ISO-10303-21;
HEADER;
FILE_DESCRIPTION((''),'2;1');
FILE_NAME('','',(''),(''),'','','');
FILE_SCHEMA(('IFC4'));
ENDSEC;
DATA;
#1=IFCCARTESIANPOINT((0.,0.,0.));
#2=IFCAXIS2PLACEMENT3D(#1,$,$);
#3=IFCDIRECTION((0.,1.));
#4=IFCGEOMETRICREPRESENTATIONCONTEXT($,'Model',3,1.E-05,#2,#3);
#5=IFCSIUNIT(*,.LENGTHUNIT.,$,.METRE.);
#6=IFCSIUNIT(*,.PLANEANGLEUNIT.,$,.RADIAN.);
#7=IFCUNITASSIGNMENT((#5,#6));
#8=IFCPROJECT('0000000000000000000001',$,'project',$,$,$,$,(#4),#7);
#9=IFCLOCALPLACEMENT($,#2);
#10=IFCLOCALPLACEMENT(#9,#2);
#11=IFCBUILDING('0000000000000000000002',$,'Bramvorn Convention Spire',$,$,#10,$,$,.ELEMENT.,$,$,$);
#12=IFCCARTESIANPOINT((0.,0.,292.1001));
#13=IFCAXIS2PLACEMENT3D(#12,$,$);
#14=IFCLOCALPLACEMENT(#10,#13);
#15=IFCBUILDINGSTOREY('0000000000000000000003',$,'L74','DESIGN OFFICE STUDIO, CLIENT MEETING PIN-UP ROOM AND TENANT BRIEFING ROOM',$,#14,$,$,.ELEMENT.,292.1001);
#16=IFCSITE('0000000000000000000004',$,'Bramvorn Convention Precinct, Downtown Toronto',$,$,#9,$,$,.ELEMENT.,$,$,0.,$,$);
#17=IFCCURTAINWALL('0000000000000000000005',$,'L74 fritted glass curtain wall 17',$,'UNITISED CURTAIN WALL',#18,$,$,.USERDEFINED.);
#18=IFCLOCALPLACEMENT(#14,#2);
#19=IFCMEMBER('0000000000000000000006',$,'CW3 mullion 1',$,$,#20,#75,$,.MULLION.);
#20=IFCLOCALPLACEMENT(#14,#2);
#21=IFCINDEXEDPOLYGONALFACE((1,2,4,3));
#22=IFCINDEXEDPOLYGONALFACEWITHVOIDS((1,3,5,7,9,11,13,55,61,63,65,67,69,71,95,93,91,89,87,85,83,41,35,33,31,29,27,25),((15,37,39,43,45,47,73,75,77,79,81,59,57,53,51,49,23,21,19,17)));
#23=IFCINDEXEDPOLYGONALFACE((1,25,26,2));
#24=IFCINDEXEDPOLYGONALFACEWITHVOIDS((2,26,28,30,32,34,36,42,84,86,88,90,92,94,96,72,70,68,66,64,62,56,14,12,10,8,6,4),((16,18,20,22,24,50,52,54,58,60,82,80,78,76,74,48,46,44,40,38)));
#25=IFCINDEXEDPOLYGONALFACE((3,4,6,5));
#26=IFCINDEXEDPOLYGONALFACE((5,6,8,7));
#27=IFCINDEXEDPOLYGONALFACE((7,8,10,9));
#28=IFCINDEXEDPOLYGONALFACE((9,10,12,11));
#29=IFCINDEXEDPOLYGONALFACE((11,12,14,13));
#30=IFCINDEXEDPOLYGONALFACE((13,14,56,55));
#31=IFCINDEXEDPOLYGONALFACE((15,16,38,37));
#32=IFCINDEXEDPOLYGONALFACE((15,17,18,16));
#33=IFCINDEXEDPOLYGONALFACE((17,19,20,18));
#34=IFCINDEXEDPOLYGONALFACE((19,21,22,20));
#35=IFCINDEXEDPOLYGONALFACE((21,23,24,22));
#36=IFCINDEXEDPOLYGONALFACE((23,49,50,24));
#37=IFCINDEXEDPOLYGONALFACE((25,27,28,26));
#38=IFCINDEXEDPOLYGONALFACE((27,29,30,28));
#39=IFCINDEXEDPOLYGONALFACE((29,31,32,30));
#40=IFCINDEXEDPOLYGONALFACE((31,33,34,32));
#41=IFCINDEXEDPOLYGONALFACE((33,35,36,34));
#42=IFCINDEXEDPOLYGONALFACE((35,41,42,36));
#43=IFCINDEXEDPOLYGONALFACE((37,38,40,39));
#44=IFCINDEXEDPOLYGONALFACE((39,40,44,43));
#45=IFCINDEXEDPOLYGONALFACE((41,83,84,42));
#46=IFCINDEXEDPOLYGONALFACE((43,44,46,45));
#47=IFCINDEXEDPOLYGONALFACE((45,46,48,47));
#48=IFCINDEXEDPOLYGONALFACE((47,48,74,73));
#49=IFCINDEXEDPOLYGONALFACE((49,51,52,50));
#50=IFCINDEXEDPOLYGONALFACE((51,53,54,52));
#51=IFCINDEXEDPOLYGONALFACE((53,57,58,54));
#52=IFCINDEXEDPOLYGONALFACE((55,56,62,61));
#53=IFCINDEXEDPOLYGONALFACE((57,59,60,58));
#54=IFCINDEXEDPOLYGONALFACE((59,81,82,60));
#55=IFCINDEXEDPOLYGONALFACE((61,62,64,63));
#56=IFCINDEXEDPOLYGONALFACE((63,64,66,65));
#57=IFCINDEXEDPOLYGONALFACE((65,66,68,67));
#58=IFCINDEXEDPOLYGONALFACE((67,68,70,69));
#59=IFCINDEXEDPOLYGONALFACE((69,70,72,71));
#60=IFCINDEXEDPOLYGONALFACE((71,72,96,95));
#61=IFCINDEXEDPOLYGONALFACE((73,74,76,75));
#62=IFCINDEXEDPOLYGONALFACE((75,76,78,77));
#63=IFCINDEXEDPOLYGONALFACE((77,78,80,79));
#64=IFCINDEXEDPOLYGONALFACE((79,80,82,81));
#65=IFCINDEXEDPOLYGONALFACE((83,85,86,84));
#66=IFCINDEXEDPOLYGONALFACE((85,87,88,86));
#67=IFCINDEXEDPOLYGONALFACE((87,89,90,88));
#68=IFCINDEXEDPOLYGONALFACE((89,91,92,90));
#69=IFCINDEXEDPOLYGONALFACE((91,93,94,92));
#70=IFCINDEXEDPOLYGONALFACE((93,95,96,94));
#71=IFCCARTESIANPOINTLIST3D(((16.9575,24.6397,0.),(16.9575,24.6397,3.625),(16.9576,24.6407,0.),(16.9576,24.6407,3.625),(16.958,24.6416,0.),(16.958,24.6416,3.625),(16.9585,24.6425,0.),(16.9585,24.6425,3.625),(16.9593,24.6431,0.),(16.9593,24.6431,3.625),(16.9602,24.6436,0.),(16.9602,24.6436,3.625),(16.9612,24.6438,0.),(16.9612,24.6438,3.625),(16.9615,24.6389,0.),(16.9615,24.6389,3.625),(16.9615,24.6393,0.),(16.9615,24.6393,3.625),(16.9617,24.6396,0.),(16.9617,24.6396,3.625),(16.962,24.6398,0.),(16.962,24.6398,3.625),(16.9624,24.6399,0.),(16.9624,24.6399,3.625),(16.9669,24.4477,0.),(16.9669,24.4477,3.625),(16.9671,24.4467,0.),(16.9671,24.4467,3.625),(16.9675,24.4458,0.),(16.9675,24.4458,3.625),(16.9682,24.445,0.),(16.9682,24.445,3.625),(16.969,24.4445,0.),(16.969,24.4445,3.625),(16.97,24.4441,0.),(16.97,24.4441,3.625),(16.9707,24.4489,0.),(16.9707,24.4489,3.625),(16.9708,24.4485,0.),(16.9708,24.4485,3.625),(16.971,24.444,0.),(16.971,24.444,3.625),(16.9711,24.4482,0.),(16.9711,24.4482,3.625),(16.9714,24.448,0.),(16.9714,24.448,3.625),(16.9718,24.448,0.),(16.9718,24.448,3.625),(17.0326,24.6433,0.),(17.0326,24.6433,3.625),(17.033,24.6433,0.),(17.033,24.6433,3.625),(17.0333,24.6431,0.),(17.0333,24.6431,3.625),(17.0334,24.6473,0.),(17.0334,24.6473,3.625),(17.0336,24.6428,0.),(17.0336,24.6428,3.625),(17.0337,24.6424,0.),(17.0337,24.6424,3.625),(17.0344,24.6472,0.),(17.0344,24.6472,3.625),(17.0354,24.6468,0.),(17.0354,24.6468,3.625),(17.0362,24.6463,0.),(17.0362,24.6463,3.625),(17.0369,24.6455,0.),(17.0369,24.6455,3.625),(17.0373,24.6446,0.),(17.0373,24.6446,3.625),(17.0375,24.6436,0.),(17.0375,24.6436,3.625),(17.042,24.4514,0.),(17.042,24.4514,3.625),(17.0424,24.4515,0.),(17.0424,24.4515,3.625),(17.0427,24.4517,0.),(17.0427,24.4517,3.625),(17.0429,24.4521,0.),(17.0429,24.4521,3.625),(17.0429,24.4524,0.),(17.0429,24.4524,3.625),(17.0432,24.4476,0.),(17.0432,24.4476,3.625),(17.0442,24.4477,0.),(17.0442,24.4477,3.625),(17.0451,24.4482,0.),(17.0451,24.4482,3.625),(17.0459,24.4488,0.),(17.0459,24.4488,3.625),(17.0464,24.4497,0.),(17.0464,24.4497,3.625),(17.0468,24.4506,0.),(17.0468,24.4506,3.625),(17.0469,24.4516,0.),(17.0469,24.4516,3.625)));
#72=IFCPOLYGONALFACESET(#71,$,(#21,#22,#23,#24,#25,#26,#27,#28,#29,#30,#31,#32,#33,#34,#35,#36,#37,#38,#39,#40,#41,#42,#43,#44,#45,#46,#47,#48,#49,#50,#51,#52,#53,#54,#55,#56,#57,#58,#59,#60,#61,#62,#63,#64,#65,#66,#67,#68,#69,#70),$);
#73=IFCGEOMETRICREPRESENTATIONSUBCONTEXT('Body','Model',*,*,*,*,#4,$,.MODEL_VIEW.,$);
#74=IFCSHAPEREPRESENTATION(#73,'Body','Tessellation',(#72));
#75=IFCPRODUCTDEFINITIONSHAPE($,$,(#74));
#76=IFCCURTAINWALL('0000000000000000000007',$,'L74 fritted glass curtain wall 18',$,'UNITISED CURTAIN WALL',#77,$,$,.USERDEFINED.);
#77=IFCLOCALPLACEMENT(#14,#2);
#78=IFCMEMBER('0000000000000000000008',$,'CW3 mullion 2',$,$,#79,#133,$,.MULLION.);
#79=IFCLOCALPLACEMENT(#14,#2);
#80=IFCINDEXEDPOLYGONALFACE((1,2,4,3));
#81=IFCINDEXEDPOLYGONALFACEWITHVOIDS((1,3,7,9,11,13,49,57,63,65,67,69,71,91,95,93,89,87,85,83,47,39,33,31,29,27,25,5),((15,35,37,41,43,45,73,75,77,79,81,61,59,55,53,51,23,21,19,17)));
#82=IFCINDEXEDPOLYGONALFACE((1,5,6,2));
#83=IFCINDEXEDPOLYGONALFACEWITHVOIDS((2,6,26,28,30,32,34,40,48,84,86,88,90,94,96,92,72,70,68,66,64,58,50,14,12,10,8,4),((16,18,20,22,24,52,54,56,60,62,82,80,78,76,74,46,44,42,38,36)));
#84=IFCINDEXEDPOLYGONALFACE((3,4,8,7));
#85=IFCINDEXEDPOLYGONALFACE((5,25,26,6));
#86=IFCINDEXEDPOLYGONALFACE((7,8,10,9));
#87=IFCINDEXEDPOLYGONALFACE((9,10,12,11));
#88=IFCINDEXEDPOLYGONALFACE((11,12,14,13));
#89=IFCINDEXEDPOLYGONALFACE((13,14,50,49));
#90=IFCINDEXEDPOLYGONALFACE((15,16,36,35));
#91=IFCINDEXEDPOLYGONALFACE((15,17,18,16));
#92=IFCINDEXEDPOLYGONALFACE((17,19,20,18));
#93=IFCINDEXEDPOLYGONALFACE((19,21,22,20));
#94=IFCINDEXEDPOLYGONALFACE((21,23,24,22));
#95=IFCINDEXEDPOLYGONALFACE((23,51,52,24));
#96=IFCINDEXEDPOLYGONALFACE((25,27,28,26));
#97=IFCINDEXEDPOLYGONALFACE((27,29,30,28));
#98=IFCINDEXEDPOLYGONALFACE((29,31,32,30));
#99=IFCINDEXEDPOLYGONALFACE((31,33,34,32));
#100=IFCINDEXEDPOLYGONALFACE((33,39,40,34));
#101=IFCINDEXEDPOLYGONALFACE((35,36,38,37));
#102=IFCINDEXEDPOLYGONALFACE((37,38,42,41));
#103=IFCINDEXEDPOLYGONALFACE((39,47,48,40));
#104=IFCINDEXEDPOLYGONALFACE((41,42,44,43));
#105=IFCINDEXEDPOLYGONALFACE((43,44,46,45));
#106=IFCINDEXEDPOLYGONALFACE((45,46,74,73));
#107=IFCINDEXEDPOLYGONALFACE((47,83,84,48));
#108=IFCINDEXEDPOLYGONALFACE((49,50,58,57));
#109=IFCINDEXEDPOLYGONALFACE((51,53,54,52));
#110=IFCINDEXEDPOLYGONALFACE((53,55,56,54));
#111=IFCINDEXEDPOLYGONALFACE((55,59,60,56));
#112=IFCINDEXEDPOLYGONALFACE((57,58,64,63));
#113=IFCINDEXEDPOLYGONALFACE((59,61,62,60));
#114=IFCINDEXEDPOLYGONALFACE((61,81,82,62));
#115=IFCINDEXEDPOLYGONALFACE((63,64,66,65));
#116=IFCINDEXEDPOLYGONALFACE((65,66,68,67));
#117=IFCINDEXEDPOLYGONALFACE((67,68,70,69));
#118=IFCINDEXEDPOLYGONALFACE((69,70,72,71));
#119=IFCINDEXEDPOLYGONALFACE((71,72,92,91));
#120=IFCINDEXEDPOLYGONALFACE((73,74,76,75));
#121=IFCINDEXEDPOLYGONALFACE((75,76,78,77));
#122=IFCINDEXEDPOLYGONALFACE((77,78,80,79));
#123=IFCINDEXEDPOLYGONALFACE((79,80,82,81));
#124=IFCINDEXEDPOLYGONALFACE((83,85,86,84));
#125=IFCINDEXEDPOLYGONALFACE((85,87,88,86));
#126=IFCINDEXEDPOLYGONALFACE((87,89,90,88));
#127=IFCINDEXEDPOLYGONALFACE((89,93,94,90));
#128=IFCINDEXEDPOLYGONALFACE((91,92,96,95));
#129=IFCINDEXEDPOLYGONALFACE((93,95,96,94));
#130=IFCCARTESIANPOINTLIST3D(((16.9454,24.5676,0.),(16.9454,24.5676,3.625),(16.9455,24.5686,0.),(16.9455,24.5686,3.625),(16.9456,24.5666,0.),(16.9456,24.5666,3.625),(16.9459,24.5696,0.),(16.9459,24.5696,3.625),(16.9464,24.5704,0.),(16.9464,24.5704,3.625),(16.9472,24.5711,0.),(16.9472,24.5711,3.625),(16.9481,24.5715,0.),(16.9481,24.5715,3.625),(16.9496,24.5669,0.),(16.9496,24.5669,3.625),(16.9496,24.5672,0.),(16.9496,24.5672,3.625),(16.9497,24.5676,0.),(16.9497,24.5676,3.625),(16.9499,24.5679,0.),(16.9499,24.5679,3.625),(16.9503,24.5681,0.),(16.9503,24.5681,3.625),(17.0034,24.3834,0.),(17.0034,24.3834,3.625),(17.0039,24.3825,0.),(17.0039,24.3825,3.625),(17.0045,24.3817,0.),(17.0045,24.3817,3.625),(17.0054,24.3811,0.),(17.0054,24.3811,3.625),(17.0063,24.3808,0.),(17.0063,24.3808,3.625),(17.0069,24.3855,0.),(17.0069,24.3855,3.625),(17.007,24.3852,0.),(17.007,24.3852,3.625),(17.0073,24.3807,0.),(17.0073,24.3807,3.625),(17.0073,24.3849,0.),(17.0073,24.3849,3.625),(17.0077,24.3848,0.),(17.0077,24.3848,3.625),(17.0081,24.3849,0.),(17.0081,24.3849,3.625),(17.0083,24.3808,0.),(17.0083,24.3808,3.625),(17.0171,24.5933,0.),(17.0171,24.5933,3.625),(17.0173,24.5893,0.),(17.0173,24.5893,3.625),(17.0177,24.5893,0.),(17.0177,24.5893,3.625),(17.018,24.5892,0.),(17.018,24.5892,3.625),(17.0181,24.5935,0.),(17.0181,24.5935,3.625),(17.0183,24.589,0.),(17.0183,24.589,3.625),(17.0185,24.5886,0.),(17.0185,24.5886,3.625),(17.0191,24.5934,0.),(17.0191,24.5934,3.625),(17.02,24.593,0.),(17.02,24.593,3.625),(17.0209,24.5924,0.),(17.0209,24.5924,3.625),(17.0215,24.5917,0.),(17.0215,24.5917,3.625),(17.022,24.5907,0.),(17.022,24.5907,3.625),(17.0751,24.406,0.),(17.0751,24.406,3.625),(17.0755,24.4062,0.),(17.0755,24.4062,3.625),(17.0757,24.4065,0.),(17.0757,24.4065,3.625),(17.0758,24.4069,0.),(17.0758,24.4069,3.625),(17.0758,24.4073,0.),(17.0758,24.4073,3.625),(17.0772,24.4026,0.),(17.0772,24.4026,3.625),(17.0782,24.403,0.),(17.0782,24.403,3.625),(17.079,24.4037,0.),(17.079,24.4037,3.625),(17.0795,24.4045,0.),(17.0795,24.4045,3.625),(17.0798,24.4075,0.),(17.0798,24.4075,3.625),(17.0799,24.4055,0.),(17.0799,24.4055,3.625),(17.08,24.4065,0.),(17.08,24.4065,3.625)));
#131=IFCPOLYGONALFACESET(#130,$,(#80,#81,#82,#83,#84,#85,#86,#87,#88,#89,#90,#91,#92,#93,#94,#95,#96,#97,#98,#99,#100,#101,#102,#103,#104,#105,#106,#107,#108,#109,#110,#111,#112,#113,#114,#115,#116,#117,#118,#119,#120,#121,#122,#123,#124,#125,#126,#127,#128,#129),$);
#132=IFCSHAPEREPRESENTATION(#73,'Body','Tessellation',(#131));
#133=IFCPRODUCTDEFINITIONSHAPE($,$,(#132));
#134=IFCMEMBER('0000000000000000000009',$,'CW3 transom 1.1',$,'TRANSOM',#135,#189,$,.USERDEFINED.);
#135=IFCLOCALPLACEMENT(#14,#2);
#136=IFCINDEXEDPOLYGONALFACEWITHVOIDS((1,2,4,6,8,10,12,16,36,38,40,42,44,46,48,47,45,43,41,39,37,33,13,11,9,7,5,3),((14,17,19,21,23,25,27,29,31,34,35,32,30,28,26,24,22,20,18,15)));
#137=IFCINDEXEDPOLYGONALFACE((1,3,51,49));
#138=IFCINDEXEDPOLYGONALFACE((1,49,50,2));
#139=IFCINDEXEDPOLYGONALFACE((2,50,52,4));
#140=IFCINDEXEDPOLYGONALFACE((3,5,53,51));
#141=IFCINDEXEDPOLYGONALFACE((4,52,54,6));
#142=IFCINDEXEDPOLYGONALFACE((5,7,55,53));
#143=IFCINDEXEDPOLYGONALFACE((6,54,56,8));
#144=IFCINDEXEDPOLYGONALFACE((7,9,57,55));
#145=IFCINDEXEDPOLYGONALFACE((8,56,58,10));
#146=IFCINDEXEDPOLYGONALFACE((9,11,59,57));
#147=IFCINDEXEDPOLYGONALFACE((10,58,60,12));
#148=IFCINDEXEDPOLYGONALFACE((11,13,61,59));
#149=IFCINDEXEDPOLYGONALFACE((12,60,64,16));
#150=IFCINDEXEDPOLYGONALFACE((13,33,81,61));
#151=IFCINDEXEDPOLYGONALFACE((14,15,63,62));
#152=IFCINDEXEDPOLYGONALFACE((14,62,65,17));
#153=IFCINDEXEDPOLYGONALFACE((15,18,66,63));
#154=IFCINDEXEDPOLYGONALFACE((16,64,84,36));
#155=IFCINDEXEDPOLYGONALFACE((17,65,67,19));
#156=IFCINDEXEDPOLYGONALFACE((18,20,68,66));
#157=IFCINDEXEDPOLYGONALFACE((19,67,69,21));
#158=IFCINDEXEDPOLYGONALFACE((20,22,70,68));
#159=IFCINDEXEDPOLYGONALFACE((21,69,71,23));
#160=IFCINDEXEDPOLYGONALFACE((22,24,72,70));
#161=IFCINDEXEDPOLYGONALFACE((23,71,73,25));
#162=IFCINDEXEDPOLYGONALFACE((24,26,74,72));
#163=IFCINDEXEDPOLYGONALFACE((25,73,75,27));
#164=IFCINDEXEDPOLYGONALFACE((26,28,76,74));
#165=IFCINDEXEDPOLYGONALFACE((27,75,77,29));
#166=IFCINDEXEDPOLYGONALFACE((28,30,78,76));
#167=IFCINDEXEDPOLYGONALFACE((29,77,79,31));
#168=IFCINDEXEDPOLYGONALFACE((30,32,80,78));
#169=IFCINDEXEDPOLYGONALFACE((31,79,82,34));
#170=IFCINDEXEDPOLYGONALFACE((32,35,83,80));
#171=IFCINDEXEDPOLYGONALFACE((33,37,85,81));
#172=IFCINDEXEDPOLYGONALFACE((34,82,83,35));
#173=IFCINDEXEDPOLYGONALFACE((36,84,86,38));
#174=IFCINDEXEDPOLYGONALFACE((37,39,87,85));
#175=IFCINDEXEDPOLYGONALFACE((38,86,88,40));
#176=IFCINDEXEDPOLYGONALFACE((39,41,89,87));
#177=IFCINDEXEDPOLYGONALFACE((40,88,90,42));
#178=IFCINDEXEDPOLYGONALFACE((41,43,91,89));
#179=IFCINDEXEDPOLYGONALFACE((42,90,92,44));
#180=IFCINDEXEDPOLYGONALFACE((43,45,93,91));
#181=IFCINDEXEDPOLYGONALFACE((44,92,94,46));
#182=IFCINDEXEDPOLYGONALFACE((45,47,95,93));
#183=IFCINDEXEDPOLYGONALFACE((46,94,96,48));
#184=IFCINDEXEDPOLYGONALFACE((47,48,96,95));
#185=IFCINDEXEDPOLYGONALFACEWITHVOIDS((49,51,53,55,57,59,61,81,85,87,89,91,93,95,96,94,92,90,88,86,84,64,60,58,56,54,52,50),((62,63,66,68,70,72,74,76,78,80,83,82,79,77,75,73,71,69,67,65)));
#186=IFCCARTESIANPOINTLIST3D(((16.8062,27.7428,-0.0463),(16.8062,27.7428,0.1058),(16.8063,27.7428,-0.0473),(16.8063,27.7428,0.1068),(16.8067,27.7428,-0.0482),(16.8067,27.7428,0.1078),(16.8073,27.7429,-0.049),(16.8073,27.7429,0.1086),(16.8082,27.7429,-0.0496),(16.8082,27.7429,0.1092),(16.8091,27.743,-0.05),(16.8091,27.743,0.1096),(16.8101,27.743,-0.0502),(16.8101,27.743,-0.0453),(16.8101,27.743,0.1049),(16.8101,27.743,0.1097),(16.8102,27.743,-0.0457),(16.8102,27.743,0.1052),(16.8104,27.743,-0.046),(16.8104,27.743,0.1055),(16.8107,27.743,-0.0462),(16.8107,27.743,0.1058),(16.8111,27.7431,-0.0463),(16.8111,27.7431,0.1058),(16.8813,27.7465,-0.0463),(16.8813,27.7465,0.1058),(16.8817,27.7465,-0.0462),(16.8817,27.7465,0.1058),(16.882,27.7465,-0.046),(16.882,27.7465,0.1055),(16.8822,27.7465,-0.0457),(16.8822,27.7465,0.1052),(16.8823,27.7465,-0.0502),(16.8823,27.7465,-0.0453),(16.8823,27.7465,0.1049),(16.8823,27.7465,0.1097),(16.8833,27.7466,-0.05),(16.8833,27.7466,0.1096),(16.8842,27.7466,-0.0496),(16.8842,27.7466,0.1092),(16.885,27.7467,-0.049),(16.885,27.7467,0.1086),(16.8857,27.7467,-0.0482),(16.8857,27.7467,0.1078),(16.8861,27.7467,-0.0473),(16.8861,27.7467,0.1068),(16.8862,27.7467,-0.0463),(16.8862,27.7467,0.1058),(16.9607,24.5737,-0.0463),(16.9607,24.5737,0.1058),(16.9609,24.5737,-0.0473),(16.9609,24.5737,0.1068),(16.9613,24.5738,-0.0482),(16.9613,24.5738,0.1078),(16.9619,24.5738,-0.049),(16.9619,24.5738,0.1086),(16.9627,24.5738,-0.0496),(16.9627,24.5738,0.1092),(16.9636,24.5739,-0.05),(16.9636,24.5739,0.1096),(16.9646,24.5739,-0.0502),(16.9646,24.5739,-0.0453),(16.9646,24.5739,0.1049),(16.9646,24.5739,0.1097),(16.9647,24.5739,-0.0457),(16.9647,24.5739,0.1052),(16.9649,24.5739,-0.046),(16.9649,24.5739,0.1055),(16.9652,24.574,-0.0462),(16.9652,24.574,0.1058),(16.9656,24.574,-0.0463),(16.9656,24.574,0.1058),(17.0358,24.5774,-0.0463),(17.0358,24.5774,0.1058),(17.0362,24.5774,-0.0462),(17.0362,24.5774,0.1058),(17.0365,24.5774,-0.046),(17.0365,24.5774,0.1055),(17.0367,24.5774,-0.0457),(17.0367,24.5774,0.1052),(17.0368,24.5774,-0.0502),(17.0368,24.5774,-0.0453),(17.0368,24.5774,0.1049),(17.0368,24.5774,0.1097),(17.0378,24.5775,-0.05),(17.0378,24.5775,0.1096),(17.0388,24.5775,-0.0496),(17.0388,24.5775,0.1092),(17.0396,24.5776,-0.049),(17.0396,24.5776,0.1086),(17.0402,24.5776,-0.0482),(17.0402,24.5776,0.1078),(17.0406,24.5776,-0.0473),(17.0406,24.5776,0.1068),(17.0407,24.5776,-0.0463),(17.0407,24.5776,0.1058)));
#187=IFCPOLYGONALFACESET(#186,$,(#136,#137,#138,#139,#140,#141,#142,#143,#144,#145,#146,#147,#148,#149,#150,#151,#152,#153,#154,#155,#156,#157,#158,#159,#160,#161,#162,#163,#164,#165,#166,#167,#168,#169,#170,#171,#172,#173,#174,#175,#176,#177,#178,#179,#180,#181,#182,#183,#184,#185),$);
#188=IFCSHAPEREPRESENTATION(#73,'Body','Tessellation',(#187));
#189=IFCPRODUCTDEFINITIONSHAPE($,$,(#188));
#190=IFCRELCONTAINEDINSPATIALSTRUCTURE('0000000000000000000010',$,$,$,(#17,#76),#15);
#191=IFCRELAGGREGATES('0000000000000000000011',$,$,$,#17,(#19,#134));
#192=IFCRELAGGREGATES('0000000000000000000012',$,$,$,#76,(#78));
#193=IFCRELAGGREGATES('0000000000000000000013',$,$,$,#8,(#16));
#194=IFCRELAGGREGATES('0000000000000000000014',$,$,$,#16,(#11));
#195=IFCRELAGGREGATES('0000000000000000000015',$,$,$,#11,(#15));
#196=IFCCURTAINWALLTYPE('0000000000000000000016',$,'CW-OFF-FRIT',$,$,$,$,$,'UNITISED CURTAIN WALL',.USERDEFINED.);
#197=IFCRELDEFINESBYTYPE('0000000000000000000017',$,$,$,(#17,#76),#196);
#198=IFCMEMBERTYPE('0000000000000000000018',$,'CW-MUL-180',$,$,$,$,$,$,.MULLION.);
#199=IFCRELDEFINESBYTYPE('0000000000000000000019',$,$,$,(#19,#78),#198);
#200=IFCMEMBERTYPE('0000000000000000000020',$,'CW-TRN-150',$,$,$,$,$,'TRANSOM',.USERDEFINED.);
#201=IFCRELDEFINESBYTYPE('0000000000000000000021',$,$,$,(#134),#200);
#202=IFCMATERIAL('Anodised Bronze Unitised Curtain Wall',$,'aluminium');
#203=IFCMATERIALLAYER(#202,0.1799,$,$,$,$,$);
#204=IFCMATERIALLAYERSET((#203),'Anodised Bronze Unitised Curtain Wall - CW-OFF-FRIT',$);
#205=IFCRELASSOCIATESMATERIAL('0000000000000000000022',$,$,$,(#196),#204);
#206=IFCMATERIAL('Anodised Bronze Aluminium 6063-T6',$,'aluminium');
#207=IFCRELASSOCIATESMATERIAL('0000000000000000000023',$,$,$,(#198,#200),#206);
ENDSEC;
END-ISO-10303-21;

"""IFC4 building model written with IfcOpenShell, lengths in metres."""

from ifc_helpers import new_model, si_unit, direction, frame, origin, origin_2d, place, context, subcontext, project, spatial, hollow_rectangle, extrude, material, layer, layer_set, material_profile, profile_set, type_object, element, aggregate, save


model = new_model("IFC4")

# Units and contexts
model_context = context("Model", 3, precision=1e-05, world=origin(), true_north=direction((0.0, 1.0)))
body_context = subcontext(model_context, "Body", "Model", "MODEL_VIEW")
ifc_project = project(units=[si_unit("LENGTHUNIT", "METRE"), si_unit("PLANEANGLEUNIT", "RADIAN")], contexts=[model_context])

# Site, building, storey
site_placement = place(None, origin())
site = spatial("IfcSite", under=ifc_project, at=site_placement, Name="Bramvorn Convention Precinct, Downtown Toronto", CompositionType="ELEMENT", RefElevation=0.0)
building_placement = place(site_placement, origin())
building = spatial("IfcBuilding", under=site, at=building_placement, Name="Bramvorn Convention Spire", CompositionType="ELEMENT")
storey_placement = place(building_placement, frame((0.0, 0.0, 292.1001)))
storey = spatial("IfcBuildingStorey", under=building, at=storey_placement, Name="L74", Description="DESIGN OFFICE STUDIO, CLIENT MEETING PIN-UP ROOM AND TENANT BRIEFING ROOM", CompositionType="ELEMENT", Elevation=292.1001)

# Curtain walls, members
ifc_material_1 = material(Name="Anodised Bronze Unitised Curtain Wall", Category="aluminium")
ifc_layer_1 = layer(ifc_material_1, 0.1799)
ifc_layer_set_1 = layer_set([ifc_layer_1], Name="Anodised Bronze Unitised Curtain Wall - CW-OFF-FRIT")
curtain_wall_type = type_object("IfcCurtainWallType", Name="CW-OFF-FRIT", ElementType="UNITISED CURTAIN WALL", PredefinedType="USERDEFINED", material=ifc_layer_set_1)
curtain_wall_1_placement = place(storey_placement, origin())
curtain_wall_1 = element("IfcCurtainWall", 1, at=curtain_wall_1_placement, inside=storey, type_object=curtain_wall_type, Name="L74 fritted glass curtain wall 17", ObjectType="UNITISED CURTAIN WALL", PredefinedType="USERDEFINED")
ifc_material_2 = material(Name="Anodised Bronze Aluminium 6063-T6", Category="aluminium")
ifc_material_profile_1 = material_profile(ifc_material_2, hollow_rectangle(XDim=0.0801, YDim=0.2, WallThickness=0.0039, InnerFilletRadius=0.001, OuterFilletRadius=0.0039, at=origin_2d()))
ifc_profile_set_1 = profile_set([ifc_material_profile_1], Name="Anodised Bronze Aluminium 6063-T6 - CWM80X200")
member_type_1 = type_object("IfcMemberType", Name="CW-MUL-180", PredefinedType="MULLION", material=ifc_profile_set_1)
member_1_placement = place(storey_placement, frame((17.0022, 24.5457, 0.0), z_axis=(0.0, 0.0, 1.0), x_axis=(-0.998813, -0.048711, 0.0)))
member_1 = element("IfcMember", 2, at=member_1_placement, type_object=member_type_1, Name="CW3 mullion 1", PredefinedType="MULLION", context=body_context, shape_type="SweptSolid", body=[
    extrude(hollow_rectangle(XDim=0.0801, YDim=0.2, WallThickness=0.0039, InnerFilletRadius=0.001, OuterFilletRadius=0.0039, at=origin_2d()), origin(), (0.0, 0.0, 1.0), 3.625),
])
curtain_wall_2_placement = place(storey_placement, origin())
curtain_wall_2 = element("IfcCurtainWall", 3, at=curtain_wall_2_placement, inside=storey, type_object=curtain_wall_type, Name="L74 fritted glass curtain wall 18", ObjectType="UNITISED CURTAIN WALL", PredefinedType="USERDEFINED")
member_2_placement = place(storey_placement, frame((17.0127, 24.4871, 0.0), z_axis=(0.0, 0.0, 1.0), x_axis=(-0.953619, -0.301015, 0.0)))
member_2 = element("IfcMember", 4, at=member_2_placement, type_object=member_type_1, Name="CW3 mullion 2", PredefinedType="MULLION", context=body_context, shape_type="SweptSolid", body=[
    extrude(hollow_rectangle(XDim=0.0801, YDim=0.2, WallThickness=0.0039, InnerFilletRadius=0.001, OuterFilletRadius=0.0039, at=origin_2d()), origin(), (0.0, 0.0, 1.0), 3.625),
])

# Member
ifc_material_profile_2 = material_profile(ifc_material_2, hollow_rectangle(XDim=0.0801, YDim=0.1599, WallThickness=0.0039, InnerFilletRadius=0.001, OuterFilletRadius=0.0039, at=origin_2d()))
ifc_profile_set_2 = profile_set([ifc_material_profile_2], Name="Anodised Bronze Aluminium 6063-T6 - CWT80X160")
member_type_2 = type_object("IfcMemberType", Name="CW-TRN-150", ElementType="TRANSOM", PredefinedType="USERDEFINED", material=ifc_profile_set_2)
member_3_placement = place(storey_placement, frame((17.0007, 24.5757, 0.0298), z_axis=(-0.048706, 0.998813, 0.0), x_axis=(-0.998813, -0.048706, 0.0)))
member_3 = element("IfcMember", 5, at=member_3_placement, type_object=member_type_2, Name="CW3 transom 1.1", ObjectType="TRANSOM", PredefinedType="USERDEFINED", context=body_context, shape_type="SweptSolid", body=[
    extrude(hollow_rectangle(XDim=0.0801, YDim=0.1599, WallThickness=0.0039, InnerFilletRadius=0.001, OuterFilletRadius=0.0039, at=origin_2d()), origin(), (0.0, 0.0, 1.0), 3.1729),
])
aggregate(curtain_wall_1, [member_1, member_3])

aggregate(curtain_wall_2, [member_2])

save(model, "model.ifc")
